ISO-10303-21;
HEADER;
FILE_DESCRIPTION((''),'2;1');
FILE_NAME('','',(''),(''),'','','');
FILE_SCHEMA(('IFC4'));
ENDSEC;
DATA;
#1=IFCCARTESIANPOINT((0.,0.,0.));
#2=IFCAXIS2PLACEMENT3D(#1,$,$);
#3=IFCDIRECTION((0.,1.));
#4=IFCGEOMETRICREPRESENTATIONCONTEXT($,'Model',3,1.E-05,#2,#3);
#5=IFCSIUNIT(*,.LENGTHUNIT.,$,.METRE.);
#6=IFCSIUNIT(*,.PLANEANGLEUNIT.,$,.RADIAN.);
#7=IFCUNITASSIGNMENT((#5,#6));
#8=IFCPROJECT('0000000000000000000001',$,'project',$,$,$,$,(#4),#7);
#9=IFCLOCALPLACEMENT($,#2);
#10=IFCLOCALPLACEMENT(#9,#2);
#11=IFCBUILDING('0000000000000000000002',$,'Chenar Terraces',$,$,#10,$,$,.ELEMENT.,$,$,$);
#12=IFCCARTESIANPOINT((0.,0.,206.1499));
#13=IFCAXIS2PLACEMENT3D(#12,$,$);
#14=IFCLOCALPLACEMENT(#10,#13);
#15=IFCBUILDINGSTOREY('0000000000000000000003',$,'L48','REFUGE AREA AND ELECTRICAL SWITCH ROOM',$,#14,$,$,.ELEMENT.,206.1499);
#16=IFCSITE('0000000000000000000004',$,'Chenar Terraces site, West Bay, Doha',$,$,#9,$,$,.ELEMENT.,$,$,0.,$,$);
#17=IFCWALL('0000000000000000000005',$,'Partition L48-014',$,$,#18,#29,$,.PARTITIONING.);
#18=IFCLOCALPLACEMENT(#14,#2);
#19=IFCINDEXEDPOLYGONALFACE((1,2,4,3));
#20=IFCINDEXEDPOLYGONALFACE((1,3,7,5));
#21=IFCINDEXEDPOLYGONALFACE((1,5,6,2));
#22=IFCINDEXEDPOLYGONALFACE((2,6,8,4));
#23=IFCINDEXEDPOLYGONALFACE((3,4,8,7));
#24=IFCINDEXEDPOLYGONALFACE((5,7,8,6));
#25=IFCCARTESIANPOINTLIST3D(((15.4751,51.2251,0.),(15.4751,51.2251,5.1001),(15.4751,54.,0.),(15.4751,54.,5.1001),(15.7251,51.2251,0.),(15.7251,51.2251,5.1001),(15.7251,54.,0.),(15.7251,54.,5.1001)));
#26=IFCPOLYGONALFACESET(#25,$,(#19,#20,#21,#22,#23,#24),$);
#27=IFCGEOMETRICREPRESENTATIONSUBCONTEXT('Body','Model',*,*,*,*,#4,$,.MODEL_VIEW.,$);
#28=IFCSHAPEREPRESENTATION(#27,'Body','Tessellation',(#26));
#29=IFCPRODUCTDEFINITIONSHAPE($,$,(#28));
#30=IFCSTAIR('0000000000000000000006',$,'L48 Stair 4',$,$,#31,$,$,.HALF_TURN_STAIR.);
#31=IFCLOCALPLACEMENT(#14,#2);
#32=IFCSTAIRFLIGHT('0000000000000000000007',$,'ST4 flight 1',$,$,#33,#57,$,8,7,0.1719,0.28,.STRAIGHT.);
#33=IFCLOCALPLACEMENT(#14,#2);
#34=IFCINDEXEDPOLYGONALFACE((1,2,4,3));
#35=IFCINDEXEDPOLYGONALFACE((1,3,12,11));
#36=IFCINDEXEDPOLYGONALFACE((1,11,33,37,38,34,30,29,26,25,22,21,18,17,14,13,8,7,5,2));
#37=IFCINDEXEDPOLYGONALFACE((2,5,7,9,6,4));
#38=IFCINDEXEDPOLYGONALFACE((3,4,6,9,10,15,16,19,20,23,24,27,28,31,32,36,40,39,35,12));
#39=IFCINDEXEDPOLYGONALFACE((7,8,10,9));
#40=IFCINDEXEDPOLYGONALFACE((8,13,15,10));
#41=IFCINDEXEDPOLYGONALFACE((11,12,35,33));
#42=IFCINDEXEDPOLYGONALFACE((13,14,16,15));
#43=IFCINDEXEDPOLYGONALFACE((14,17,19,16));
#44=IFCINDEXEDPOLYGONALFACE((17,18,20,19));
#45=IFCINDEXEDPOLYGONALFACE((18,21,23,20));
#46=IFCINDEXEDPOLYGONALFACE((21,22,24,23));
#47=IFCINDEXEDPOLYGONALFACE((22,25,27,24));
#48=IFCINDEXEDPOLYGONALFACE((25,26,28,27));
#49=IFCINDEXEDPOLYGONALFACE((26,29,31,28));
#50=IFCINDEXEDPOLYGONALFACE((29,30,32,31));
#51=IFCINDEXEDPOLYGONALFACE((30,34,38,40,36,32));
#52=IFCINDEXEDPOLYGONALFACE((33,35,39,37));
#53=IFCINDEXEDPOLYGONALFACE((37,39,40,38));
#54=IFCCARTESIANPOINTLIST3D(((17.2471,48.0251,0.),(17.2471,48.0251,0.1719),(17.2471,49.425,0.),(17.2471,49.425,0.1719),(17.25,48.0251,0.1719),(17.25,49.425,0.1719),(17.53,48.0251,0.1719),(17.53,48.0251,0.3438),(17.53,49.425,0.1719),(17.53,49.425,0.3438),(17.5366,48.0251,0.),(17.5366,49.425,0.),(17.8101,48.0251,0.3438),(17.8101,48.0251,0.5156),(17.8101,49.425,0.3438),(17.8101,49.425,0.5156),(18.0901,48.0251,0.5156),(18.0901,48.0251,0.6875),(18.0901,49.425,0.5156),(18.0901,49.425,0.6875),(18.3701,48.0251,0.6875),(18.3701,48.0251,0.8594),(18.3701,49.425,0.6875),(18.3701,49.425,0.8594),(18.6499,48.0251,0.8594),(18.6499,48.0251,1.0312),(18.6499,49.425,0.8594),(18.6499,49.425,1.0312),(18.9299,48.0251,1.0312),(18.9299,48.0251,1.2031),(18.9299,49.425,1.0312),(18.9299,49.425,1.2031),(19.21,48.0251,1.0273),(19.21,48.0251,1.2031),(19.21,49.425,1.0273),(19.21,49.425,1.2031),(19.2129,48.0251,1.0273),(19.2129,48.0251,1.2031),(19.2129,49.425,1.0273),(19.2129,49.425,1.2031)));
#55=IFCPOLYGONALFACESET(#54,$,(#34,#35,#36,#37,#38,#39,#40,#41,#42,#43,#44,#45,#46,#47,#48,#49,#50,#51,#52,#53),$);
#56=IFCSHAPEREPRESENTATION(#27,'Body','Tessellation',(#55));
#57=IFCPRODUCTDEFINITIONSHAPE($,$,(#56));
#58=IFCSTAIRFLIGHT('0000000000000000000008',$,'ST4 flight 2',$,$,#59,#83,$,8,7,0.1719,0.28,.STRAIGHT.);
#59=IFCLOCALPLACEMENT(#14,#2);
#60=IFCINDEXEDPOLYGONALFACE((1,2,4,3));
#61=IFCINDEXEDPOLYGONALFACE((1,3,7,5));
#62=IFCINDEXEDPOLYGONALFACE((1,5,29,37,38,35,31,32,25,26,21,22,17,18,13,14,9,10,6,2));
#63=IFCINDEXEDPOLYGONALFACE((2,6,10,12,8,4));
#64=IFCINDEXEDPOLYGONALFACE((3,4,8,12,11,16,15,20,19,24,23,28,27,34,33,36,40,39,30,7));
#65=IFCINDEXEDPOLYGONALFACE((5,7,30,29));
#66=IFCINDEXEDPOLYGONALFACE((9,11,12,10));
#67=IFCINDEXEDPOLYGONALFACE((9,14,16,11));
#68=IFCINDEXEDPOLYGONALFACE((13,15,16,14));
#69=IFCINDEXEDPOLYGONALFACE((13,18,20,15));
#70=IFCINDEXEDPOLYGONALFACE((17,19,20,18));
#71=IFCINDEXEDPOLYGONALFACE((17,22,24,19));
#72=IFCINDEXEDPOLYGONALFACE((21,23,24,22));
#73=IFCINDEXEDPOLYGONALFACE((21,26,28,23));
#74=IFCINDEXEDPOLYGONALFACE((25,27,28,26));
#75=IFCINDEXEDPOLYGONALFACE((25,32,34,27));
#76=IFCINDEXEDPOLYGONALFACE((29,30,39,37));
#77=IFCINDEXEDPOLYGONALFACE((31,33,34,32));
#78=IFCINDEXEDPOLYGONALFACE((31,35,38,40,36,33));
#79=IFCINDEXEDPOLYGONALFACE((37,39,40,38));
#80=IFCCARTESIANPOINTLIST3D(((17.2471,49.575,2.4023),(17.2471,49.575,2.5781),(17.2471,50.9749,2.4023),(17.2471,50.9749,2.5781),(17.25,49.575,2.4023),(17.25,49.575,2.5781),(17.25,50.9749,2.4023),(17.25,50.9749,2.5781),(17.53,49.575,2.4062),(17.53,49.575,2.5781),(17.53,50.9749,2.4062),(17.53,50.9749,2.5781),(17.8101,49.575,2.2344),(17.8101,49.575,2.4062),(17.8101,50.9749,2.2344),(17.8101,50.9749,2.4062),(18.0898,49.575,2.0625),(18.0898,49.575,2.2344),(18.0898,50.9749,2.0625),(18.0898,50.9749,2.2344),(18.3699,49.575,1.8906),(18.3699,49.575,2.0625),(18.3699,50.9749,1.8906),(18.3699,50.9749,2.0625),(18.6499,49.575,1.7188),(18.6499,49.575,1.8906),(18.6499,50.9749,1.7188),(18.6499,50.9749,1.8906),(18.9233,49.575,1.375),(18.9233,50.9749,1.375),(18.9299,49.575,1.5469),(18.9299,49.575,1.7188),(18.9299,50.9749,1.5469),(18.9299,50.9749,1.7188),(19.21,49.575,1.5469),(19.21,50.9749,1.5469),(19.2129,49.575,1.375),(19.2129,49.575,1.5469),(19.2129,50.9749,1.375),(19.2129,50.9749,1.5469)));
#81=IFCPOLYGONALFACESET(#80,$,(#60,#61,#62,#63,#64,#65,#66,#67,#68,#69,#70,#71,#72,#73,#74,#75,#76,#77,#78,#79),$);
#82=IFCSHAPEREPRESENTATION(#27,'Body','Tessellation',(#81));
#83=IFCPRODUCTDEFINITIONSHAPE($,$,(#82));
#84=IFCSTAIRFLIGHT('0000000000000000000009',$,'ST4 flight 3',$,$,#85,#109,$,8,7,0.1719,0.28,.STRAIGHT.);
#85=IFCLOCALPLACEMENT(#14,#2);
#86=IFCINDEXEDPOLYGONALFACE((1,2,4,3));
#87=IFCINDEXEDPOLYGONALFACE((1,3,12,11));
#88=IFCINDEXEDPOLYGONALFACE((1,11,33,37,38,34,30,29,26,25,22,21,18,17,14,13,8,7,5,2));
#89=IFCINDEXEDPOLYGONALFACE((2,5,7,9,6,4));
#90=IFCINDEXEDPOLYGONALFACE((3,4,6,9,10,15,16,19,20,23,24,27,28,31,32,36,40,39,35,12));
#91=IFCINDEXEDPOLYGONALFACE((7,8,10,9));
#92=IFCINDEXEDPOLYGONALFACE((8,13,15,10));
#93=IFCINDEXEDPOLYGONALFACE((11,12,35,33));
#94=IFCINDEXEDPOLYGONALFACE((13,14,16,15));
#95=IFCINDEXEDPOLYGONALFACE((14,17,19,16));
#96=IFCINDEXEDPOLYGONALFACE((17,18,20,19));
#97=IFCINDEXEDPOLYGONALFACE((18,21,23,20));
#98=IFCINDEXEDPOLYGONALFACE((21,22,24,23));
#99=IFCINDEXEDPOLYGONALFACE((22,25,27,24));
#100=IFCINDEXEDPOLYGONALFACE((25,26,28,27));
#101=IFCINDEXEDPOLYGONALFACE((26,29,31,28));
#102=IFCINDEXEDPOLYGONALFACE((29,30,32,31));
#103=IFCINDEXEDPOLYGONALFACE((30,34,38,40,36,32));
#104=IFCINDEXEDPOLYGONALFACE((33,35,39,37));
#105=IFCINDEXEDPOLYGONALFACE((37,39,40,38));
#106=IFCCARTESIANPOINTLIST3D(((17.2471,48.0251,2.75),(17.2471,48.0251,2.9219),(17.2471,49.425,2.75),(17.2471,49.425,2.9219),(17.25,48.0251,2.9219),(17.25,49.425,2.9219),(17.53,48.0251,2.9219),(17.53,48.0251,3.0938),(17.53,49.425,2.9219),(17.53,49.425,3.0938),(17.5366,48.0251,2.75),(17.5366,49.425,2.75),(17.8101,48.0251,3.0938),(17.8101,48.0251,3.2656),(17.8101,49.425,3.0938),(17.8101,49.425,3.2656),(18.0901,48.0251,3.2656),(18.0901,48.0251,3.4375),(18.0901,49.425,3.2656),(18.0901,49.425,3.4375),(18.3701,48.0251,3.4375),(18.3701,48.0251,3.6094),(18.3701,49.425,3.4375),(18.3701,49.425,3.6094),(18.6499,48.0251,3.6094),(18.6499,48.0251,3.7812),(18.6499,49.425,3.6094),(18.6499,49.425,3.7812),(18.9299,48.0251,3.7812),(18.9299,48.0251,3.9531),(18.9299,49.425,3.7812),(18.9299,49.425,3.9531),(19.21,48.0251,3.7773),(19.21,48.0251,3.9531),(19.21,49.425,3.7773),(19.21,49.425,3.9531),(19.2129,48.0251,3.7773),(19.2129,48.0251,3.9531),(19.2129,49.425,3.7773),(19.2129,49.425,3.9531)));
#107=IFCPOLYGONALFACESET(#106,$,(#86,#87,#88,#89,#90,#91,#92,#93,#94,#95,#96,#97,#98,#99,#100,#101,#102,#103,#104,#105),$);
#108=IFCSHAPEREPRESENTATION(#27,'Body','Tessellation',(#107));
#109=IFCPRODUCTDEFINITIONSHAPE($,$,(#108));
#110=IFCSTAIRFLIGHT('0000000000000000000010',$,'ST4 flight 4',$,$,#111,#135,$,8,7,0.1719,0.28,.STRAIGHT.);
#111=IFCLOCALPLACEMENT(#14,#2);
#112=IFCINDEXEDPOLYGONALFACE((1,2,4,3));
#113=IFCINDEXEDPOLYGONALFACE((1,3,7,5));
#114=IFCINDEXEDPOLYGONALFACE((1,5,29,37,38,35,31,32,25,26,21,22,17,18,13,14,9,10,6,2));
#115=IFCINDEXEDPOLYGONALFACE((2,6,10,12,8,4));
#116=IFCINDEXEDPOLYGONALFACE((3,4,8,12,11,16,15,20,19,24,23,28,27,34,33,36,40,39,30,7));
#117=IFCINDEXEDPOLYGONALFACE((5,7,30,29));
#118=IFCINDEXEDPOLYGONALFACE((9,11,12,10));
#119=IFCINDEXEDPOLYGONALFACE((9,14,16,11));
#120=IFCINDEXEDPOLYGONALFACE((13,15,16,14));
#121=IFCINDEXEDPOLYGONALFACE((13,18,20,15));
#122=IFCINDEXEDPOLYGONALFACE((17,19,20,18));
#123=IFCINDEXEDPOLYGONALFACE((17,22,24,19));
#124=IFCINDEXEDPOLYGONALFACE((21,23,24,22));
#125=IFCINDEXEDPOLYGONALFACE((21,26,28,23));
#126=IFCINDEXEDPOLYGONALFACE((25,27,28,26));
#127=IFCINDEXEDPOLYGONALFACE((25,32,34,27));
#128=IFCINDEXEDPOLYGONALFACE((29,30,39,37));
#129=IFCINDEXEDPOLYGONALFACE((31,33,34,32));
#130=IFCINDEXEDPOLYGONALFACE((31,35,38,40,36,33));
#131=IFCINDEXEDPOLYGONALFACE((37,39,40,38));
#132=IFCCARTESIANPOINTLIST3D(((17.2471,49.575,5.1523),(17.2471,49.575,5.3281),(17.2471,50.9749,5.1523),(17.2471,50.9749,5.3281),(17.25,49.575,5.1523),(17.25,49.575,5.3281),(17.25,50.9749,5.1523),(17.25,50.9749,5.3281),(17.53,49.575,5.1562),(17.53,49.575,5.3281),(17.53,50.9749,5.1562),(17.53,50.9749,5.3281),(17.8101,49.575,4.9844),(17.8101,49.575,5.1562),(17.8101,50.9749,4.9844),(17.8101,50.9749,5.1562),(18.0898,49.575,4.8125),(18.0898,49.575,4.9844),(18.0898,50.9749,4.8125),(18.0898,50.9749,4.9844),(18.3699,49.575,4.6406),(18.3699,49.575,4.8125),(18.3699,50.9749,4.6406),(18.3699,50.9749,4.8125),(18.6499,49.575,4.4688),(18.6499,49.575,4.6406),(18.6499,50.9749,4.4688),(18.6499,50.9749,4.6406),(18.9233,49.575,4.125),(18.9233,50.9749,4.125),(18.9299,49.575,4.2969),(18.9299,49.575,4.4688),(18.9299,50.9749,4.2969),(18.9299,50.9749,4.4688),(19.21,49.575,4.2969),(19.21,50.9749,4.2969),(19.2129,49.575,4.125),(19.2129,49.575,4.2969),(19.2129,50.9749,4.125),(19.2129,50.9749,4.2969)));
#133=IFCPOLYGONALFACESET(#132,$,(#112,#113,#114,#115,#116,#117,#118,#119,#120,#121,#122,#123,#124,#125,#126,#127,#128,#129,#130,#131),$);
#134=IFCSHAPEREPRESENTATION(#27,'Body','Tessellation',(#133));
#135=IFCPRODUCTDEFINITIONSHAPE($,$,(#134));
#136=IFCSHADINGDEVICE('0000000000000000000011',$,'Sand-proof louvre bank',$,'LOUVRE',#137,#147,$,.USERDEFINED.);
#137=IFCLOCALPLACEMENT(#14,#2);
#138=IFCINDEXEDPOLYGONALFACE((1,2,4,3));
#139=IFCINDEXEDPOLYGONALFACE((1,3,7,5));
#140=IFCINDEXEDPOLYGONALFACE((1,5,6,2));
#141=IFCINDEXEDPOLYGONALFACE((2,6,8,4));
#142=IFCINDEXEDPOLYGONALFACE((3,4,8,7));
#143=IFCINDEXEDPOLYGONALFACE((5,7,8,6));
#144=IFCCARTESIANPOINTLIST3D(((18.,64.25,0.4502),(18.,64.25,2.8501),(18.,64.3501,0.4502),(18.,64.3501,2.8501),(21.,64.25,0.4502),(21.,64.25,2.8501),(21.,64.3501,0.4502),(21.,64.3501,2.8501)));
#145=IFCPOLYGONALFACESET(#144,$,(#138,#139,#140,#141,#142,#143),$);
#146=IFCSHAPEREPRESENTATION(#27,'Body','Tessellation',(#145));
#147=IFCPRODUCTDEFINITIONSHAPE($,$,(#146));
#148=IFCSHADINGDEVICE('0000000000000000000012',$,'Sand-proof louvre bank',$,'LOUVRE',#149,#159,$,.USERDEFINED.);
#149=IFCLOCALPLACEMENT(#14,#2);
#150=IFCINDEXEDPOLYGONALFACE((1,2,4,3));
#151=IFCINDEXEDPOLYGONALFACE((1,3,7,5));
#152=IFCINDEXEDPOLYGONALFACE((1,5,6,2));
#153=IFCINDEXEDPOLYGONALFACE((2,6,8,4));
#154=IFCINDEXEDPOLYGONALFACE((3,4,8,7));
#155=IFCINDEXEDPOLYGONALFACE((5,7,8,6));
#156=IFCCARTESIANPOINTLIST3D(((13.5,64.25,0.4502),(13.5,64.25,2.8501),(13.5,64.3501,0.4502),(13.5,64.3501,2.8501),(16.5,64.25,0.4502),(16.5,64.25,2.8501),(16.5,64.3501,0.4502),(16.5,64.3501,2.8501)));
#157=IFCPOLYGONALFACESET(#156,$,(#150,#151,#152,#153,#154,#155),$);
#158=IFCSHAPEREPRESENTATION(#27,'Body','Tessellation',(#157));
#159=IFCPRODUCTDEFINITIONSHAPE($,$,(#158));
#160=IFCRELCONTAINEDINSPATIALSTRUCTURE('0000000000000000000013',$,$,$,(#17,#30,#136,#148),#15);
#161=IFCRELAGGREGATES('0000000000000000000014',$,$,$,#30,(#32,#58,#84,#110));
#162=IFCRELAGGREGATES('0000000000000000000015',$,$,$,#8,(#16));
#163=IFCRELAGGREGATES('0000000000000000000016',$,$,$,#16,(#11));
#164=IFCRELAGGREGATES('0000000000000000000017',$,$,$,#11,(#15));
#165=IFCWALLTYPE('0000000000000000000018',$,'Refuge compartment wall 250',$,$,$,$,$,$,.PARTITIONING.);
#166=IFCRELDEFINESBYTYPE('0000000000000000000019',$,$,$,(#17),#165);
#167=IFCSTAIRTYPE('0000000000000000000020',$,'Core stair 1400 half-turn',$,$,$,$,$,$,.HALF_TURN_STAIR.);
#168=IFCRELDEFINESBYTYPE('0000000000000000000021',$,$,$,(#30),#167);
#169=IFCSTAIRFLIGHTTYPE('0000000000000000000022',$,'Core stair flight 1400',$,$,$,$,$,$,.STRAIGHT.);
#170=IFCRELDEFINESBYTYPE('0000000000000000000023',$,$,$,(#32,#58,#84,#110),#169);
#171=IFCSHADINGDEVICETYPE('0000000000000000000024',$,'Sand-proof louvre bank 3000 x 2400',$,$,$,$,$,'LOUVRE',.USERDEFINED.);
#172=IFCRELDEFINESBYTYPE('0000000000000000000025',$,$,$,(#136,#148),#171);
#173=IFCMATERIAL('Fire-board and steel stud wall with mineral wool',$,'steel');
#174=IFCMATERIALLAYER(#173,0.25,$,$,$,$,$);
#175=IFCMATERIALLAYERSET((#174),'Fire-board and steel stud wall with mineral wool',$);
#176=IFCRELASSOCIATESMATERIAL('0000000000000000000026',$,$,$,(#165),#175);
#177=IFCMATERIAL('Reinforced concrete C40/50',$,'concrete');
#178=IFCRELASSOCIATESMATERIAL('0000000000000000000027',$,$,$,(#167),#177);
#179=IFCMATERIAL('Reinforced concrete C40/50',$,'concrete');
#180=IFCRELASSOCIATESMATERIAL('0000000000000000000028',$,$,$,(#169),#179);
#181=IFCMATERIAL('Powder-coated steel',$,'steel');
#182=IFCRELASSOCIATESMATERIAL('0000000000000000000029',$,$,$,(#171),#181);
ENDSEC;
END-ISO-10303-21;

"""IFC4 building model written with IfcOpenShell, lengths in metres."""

from ifc_helpers import new_model, si_unit, direction, frame, frame_2d, origin, origin_2d, place, context, subcontext, project, spatial, polyline, rectangle, outline, extrude, material, layer, layer_set, type_object, element, aggregate, save


model = new_model("IFC4")

# Units and contexts
model_context = context("Model", 3, precision=1e-05, world=origin(), true_north=direction((0.0, 1.0)))
body_context = subcontext(model_context, "Body", "Model", "MODEL_VIEW")
ifc_project = project(units=[si_unit("LENGTHUNIT", "METRE"), si_unit("PLANEANGLEUNIT", "RADIAN")], contexts=[model_context])

# Site, building, storey
site_placement = place(None, origin())
site = spatial("IfcSite", under=ifc_project, at=site_placement, Name="Chenar Terraces site, West Bay, Doha", CompositionType="ELEMENT", RefElevation=0.0)
building_placement = place(site_placement, origin())
building = spatial("IfcBuilding", under=site, at=building_placement, Name="Chenar Terraces", CompositionType="ELEMENT")
storey_placement = place(building_placement, frame((0.0, 0.0, 206.1499)))
storey = spatial("IfcBuildingStorey", under=building, at=storey_placement, Name="L48", Description="REFUGE AREA AND ELECTRICAL SWITCH ROOM", CompositionType="ELEMENT", Elevation=206.1499)

# Shared definitions
ifc_material_1 = material(Name="Fire-board and steel stud wall with mineral wool", Category="steel")
ifc_layer_1 = layer(ifc_material_1, 0.25)
ifc_layer_set_1 = layer_set([ifc_layer_1], Name="Fire-board and steel stud wall with mineral wool")
wall_type_1 = type_object("IfcWallType", Name="Refuge compartment wall 250", PredefinedType="PARTITIONING", material=ifc_layer_set_1)

# Wall
wall_1_placement = place(storey_placement, frame((15.6001, 51.2251, 0.0), z_axis=(0.0, 0.0, 1.0), x_axis=(0.0, 1.0, 0.0)))
element("IfcWall", 1, at=wall_1_placement, inside=storey, type_object=wall_type_1, Name="Partition L48-014", PredefinedType="PARTITIONING", context=body_context, shape_type="SweptSolid", body=[
    extrude(rectangle(XDim=2.7749, YDim=0.25, at=frame_2d((1.3875, 0.0))), origin(), (0.0, 0.0, 1.0), 5.1001),
])

# Stair, stair flights
ifc_material_2 = material(Name="Reinforced concrete C40/50", Category="concrete")
stair_type = type_object("IfcStairType", Name="Core stair 1400 half-turn", PredefinedType="HALF_TURN_STAIR", material=ifc_material_2)
stair_placement = place(storey_placement, origin())
stair = element("IfcStair", 2, at=stair_placement, inside=storey, type_object=stair_type, Name="L48 Stair 4", PredefinedType="HALF_TURN_STAIR")
ifc_material_3 = material(Name="Reinforced concrete C40/50", Category="concrete")
stair_flight_type = type_object("IfcStairFlightType", Name="Core stair flight 1400", PredefinedType="STRAIGHT", material=ifc_material_3)
stair_flight_1_placement = place(storey_placement, frame((17.25, 48.7251, 0.0), z_axis=(0.0, 0.0, 1.0), x_axis=(1.0, 0.0, 0.0)))
stair_flight_1 = element("IfcStairFlight", 3, at=stair_flight_1_placement, type_object=stair_flight_type, Name="ST4 flight 1", NumberOfRisers=8, NumberOfTreads=7, PredefinedType="STRAIGHT", RiserHeight=0.1719, TreadLength=0.28, context=body_context, shape_type="SweptSolid", body=[
    extrude(outline(polyline([(-0.0029, 0.0), (-0.0029, 0.1719), (0.0, 0.1719), (0.28, 0.1719), (0.28, 0.3438), (0.5601, 0.3438), (0.5601, 0.5156), (0.8401, 0.5156), (0.8401, 0.6875), (1.1201, 0.6875), (1.1201, 0.8594), (1.3999, 0.8594), (1.3999, 1.0312), (1.6799, 1.0312), (1.6799, 1.2031), (1.96, 1.2031), (1.9629, 1.2031), (1.9629, 1.0273), (1.96, 1.0273), (0.2866, 0.0), (-0.0029, 0.0)])), frame((0.0, 0.7, 0.0), z_axis=(0.0, -1.0, 0.0), x_axis=(1.0, 0.0, 0.0)), (0.0, 0.0, 1.0), 1.3999),
])
stair_flight_2_placement = place(storey_placement, frame((19.21, 50.2749, 1.375), z_axis=(0.0, 0.0, 1.0), x_axis=(-1.0, 0.0, 0.0)))
stair_flight_2 = element("IfcStairFlight", 4, at=stair_flight_2_placement, type_object=stair_flight_type, Name="ST4 flight 2", NumberOfRisers=8, NumberOfTreads=7, PredefinedType="STRAIGHT", RiserHeight=0.1719, TreadLength=0.28, context=body_context, shape_type="SweptSolid", body=[
    extrude(outline(polyline([(-0.0029, 0.0), (-0.0029, 0.1719), (0.0, 0.1719), (0.28, 0.1719), (0.28, 0.3438), (0.5601, 0.3438), (0.5601, 0.5156), (0.8401, 0.5156), (0.8401, 0.6875), (1.1201, 0.6875), (1.1201, 0.8594), (1.3999, 0.8594), (1.3999, 1.0312), (1.6799, 1.0312), (1.6799, 1.2031), (1.96, 1.2031), (1.9629, 1.2031), (1.9629, 1.0273), (1.96, 1.0273), (0.2866, 0.0), (-0.0029, 0.0)])), frame((0.0, 0.7, 0.0), z_axis=(0.0, -1.0, 0.0), x_axis=(1.0, 0.0, 0.0)), (0.0, 0.0, 1.0), 1.3999),
])
stair_flight_3_placement = place(storey_placement, frame((17.25, 48.7251, 2.75), z_axis=(0.0, 0.0, 1.0), x_axis=(1.0, 0.0, 0.0)))
stair_flight_3 = element("IfcStairFlight", 5, at=stair_flight_3_placement, type_object=stair_flight_type, Name="ST4 flight 3", NumberOfRisers=8, NumberOfTreads=7, PredefinedType="STRAIGHT", RiserHeight=0.1719, TreadLength=0.28, context=body_context, shape_type="SweptSolid", body=[
    extrude(outline(polyline([(-0.0029, 0.0), (-0.0029, 0.1719), (0.0, 0.1719), (0.28, 0.1719), (0.28, 0.3438), (0.5601, 0.3438), (0.5601, 0.5156), (0.8401, 0.5156), (0.8401, 0.6875), (1.1201, 0.6875), (1.1201, 0.8594), (1.3999, 0.8594), (1.3999, 1.0312), (1.6799, 1.0312), (1.6799, 1.2031), (1.96, 1.2031), (1.9629, 1.2031), (1.9629, 1.0273), (1.96, 1.0273), (0.2866, 0.0), (-0.0029, 0.0)])), frame((0.0, 0.7, 0.0), z_axis=(0.0, -1.0, 0.0), x_axis=(1.0, 0.0, 0.0)), (0.0, 0.0, 1.0), 1.3999),
])
stair_flight_4_placement = place(storey_placement, frame((19.21, 50.2749, 4.125), z_axis=(0.0, 0.0, 1.0), x_axis=(-1.0, 0.0, 0.0)))
stair_flight_4 = element("IfcStairFlight", 6, at=stair_flight_4_placement, type_object=stair_flight_type, Name="ST4 flight 4", NumberOfRisers=8, NumberOfTreads=7, PredefinedType="STRAIGHT", RiserHeight=0.1719, TreadLength=0.28, context=body_context, shape_type="SweptSolid", body=[
    extrude(outline(polyline([(-0.0029, 0.0), (-0.0029, 0.1719), (0.0, 0.1719), (0.28, 0.1719), (0.28, 0.3438), (0.5601, 0.3438), (0.5601, 0.5156), (0.8401, 0.5156), (0.8401, 0.6875), (1.1201, 0.6875), (1.1201, 0.8594), (1.3999, 0.8594), (1.3999, 1.0312), (1.6799, 1.0312), (1.6799, 1.2031), (1.96, 1.2031), (1.9629, 1.2031), (1.9629, 1.0273), (1.96, 1.0273), (0.2866, 0.0), (-0.0029, 0.0)])), frame((0.0, 0.7, 0.0), z_axis=(0.0, -1.0, 0.0), x_axis=(1.0, 0.0, 0.0)), (0.0, 0.0, 1.0), 1.3999),
])
aggregate(stair, [stair_flight_1, stair_flight_2, stair_flight_3, stair_flight_4])

# Shading devices
ifc_material_4 = material(Name="Powder-coated steel", Category="steel")
shading_device_type = type_object("IfcShadingDeviceType", Name="Sand-proof louvre bank 3000 x 2400", ElementType="LOUVRE", PredefinedType="USERDEFINED", material=ifc_material_4)
for number, where, z_axis, x_axis, name in (
    (7, (19.5, 64.3, 0.4502), (0.0, 0.0, 1.0), (-1.0, 0.0, 0.0), "Sand-proof louvre bank"),
    (8, (15.0, 64.3, 0.4502), (0.0, 0.0, 1.0), (-1.0, 0.0, 0.0), "Sand-proof louvre bank"),
):
    element("IfcShadingDevice", number, at=place(storey_placement, frame(where, z_axis=z_axis, x_axis=x_axis)), inside=storey, type_object=shading_device_type, Name=name, ObjectType="LOUVRE", PredefinedType="USERDEFINED", context=body_context, shape_type="SweptSolid", body=[
        extrude(rectangle(XDim=3.0, YDim=0.1001, at=origin_2d()), origin(), (0.0, 0.0, 1.0), 2.3999),
    ])

save(model, "model.ifc")
